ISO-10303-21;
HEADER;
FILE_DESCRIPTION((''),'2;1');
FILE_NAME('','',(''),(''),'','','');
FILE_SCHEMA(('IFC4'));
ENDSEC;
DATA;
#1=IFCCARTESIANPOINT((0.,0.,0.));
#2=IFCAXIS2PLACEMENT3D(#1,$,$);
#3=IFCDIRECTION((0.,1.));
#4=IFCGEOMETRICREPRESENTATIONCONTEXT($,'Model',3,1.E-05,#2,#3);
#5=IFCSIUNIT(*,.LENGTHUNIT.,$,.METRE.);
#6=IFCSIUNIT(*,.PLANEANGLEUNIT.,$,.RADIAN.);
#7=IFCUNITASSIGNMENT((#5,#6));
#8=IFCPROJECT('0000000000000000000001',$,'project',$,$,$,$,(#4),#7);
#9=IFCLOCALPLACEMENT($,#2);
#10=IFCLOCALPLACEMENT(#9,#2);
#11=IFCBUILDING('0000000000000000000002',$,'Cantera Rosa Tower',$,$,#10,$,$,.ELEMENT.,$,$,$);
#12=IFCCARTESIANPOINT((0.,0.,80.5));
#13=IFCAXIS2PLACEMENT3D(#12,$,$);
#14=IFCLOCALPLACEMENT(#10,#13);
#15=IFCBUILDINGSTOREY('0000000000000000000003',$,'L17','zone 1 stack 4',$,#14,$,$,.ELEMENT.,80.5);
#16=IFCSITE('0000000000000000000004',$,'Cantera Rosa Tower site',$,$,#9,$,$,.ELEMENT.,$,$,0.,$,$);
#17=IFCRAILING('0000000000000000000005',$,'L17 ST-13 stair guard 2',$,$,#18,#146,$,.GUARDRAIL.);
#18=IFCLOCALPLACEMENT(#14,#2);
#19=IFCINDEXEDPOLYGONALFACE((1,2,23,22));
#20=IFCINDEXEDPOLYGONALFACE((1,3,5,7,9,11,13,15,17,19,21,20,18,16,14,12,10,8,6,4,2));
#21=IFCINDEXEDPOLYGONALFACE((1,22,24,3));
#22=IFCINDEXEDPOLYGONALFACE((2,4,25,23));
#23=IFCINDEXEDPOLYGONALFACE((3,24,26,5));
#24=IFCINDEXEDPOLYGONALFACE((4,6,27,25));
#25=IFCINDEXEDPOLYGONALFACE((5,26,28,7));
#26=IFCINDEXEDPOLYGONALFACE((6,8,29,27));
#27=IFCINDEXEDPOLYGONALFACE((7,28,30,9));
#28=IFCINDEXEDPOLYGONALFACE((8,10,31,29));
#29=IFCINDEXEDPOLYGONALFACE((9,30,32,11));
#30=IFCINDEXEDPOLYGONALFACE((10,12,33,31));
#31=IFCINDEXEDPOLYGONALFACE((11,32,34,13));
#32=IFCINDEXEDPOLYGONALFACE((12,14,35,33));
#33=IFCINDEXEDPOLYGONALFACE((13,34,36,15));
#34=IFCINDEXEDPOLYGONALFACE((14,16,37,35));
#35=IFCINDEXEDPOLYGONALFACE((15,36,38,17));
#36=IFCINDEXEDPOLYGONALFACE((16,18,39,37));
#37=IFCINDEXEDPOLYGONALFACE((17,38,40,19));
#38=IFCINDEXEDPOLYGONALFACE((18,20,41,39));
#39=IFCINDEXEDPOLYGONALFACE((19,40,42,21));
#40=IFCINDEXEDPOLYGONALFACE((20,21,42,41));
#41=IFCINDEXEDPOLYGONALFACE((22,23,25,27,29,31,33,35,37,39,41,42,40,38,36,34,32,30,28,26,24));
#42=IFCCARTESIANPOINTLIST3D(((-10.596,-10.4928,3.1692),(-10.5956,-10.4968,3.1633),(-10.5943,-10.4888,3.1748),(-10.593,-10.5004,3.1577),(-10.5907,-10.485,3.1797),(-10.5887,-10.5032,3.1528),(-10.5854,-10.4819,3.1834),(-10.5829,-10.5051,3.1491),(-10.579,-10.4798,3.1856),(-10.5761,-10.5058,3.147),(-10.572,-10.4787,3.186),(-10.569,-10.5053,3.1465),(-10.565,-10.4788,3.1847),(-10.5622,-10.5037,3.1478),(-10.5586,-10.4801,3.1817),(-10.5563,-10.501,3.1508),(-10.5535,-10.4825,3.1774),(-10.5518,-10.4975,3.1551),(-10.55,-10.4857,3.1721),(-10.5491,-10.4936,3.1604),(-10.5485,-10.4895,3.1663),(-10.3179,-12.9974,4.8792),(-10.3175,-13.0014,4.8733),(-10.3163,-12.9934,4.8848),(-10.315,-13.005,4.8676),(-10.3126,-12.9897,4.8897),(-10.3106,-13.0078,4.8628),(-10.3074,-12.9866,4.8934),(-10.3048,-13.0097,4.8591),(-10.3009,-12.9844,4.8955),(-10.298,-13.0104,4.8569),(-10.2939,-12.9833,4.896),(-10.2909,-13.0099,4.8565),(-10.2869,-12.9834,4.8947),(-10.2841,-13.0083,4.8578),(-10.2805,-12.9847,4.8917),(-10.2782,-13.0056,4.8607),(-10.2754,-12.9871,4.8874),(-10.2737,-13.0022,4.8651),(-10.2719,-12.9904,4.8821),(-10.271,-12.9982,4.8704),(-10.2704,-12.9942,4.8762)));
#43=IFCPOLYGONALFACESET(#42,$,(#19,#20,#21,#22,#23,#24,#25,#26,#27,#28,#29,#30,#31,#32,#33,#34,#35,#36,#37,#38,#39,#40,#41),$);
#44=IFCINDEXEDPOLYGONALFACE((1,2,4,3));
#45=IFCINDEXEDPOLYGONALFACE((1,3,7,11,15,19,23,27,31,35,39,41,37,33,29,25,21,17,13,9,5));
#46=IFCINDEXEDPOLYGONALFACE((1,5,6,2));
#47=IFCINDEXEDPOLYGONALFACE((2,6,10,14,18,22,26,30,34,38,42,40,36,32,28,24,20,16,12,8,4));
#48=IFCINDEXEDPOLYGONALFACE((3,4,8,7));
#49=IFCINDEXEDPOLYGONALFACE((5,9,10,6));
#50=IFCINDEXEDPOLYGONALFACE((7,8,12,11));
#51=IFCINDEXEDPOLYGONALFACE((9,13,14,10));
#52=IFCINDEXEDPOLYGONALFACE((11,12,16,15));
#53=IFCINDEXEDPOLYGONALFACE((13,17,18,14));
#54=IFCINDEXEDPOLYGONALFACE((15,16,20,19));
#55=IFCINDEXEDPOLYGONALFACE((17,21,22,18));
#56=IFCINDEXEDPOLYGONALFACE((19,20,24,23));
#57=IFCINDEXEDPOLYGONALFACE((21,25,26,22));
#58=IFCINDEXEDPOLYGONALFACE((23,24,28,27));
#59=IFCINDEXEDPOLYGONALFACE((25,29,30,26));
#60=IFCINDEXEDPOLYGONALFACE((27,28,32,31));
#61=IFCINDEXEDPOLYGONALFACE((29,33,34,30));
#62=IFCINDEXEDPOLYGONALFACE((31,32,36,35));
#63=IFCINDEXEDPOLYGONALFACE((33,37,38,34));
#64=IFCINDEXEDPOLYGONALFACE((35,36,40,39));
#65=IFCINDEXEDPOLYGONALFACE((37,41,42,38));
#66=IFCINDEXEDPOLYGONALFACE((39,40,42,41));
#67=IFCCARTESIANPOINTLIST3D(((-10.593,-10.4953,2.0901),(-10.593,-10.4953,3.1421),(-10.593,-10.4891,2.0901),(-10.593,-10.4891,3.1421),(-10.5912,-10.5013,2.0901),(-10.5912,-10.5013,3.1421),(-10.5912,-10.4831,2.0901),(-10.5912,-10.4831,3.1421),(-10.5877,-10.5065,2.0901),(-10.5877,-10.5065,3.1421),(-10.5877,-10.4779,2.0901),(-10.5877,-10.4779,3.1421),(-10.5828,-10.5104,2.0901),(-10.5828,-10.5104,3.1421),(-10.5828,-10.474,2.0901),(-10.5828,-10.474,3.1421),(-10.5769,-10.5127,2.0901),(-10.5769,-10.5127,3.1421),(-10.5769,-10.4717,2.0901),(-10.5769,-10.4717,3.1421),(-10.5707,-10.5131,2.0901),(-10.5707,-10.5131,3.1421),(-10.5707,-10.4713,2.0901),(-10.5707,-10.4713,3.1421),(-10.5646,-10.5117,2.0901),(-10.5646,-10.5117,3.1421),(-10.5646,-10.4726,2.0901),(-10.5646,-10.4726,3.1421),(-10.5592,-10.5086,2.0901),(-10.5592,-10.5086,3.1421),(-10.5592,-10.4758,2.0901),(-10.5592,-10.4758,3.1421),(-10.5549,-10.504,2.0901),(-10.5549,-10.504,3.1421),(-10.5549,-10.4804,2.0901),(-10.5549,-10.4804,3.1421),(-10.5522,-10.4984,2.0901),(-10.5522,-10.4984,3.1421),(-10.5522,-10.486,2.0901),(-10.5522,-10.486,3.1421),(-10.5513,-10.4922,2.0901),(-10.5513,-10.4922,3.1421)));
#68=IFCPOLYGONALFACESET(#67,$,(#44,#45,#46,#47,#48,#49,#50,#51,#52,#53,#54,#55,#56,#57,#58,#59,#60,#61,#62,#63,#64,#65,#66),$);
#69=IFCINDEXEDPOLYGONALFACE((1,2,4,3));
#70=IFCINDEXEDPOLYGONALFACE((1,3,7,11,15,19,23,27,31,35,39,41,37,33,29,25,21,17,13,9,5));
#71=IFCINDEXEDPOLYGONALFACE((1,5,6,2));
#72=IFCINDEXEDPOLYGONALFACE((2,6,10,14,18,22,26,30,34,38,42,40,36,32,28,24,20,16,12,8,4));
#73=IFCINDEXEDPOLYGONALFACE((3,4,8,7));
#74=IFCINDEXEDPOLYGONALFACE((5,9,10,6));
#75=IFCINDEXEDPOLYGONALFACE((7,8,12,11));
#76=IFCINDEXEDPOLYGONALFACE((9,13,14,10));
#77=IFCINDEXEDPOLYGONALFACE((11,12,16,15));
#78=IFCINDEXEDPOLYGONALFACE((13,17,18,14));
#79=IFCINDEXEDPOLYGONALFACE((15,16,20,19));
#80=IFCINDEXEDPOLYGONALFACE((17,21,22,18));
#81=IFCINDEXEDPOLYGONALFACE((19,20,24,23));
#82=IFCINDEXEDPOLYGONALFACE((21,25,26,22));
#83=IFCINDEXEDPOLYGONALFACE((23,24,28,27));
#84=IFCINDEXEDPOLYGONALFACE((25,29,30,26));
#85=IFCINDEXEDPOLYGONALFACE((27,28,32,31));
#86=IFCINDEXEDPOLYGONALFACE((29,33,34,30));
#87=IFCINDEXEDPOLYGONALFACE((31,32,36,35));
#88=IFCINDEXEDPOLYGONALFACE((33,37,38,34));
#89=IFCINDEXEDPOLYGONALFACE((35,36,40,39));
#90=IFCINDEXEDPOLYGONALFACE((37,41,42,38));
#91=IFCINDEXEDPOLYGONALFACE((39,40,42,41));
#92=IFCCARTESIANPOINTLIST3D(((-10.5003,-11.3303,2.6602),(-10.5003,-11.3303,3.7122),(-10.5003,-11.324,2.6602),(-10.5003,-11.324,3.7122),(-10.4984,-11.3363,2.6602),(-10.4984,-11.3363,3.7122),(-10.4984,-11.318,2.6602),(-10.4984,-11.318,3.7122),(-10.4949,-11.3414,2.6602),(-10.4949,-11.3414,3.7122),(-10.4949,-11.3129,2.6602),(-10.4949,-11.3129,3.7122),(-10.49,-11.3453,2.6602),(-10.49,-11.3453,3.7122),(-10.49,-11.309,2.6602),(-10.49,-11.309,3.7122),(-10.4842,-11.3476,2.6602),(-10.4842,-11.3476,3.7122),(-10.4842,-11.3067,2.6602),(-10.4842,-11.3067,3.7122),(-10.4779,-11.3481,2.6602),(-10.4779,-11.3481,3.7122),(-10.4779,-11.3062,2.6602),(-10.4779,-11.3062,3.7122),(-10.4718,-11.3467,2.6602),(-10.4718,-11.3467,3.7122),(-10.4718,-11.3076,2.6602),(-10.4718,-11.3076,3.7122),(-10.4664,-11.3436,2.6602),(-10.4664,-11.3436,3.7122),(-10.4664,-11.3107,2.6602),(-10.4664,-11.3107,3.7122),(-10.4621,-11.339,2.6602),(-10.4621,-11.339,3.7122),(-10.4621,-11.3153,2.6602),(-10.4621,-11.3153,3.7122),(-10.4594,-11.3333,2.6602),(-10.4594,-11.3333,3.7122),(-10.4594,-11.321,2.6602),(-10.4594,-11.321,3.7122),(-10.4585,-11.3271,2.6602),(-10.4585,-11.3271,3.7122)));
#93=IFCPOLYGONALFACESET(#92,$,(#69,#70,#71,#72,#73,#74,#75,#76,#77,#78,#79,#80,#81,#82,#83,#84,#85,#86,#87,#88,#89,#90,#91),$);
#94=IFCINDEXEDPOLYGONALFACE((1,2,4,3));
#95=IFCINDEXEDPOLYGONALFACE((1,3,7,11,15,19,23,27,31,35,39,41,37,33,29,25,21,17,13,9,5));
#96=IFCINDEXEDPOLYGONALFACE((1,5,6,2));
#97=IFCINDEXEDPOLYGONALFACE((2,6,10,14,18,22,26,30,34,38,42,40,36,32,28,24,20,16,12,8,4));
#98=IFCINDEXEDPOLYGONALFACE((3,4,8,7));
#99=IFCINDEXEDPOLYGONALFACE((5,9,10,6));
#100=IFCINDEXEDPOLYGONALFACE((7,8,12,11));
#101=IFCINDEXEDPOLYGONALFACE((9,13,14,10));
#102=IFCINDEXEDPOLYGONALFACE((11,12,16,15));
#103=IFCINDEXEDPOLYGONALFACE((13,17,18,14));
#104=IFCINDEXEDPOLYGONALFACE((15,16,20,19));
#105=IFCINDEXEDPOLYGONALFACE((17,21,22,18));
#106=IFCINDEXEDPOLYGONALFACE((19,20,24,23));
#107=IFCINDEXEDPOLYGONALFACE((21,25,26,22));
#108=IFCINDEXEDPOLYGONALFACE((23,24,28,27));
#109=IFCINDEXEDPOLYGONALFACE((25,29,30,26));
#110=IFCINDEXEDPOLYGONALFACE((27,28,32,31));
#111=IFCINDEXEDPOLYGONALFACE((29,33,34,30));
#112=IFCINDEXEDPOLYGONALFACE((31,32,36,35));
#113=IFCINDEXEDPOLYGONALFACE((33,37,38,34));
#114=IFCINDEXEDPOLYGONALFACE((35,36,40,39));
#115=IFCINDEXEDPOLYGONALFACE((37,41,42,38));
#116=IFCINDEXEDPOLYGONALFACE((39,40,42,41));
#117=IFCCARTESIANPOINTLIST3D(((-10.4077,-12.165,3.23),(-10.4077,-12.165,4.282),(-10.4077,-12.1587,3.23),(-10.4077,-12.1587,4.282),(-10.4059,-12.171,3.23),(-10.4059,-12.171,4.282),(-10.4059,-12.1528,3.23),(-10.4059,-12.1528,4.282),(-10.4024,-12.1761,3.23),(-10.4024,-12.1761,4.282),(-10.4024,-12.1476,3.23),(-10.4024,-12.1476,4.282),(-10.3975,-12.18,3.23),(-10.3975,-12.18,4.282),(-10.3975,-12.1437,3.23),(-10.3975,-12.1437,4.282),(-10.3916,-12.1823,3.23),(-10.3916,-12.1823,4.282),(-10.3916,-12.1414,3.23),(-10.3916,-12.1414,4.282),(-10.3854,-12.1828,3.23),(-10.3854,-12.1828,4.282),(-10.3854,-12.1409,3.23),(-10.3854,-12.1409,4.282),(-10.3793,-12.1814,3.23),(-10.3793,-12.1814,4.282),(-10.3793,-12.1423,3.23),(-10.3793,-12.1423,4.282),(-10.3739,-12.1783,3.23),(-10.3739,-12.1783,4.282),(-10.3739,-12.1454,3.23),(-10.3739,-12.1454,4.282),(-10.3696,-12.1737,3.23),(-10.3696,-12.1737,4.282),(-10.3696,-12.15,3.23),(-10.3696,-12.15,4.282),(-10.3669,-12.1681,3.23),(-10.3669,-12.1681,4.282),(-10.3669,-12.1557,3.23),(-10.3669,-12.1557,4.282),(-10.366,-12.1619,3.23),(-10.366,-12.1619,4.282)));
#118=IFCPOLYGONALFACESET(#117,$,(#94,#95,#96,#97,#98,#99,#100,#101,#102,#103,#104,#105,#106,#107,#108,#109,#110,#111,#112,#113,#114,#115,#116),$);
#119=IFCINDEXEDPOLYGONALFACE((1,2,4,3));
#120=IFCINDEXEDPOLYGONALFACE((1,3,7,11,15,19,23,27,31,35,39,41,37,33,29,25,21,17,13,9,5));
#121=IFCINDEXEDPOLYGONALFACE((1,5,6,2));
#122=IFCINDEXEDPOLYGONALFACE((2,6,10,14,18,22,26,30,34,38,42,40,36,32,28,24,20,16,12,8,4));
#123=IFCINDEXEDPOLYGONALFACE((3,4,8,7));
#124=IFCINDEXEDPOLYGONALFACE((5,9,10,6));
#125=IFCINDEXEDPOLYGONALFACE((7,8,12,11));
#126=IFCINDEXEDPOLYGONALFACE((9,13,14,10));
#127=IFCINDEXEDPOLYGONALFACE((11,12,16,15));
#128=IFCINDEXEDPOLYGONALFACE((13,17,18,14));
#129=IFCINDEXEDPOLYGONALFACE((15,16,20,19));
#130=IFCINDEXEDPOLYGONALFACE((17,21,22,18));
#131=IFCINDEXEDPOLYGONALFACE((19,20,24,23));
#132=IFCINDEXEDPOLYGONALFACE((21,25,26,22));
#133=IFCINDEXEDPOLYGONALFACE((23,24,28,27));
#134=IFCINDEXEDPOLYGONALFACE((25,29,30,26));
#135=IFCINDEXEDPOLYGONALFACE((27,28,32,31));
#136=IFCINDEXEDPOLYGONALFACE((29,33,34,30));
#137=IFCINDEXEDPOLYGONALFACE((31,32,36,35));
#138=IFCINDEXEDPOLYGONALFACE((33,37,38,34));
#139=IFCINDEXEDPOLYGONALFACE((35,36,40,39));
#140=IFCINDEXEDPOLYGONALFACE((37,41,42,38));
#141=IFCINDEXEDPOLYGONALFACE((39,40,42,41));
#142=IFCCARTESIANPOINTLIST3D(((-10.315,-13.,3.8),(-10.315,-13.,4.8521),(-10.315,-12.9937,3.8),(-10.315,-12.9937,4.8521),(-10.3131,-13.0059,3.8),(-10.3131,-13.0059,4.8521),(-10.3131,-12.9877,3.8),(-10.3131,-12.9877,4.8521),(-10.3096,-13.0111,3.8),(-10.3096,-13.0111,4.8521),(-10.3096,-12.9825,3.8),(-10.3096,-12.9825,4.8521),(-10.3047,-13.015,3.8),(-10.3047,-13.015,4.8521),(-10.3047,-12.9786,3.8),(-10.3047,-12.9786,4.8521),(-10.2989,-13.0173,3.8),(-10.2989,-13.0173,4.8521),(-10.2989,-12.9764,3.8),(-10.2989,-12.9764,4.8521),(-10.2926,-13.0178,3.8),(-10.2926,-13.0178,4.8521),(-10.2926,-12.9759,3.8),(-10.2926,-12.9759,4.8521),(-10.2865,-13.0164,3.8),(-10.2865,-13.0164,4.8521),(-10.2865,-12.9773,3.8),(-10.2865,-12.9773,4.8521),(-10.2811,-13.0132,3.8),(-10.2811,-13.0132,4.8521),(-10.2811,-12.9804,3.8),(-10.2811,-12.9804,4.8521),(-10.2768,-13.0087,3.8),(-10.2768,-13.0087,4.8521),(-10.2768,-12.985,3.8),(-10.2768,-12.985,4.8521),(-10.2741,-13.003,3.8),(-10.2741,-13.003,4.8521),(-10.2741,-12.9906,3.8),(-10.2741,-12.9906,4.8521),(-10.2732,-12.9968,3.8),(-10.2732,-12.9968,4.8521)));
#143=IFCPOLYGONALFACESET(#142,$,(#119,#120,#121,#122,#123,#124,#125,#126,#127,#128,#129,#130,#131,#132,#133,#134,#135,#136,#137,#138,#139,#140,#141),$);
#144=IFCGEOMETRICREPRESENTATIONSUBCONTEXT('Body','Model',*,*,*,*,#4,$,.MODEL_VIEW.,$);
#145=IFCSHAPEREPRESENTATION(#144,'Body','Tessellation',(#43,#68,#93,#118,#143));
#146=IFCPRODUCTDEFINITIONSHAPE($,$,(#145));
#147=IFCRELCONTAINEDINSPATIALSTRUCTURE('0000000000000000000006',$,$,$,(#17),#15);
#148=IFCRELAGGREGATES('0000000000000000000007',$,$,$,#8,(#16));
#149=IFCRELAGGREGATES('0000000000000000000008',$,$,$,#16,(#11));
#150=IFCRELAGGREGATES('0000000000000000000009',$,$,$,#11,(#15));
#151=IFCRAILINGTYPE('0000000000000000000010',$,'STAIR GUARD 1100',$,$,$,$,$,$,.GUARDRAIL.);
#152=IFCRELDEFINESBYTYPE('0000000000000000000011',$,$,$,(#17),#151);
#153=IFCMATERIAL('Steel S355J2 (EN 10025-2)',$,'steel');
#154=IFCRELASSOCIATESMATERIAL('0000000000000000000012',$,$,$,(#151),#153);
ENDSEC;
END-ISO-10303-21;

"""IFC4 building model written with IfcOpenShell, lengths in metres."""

from ifc_helpers import new_model, si_unit, direction, frame, origin, origin_2d, place, context, subcontext, project, spatial, circle, extrude, material, type_object, element, save


model = new_model("IFC4")

# Units and contexts
model_context = context("Model", 3, precision=1e-05, world=origin(), true_north=direction((0.0, 1.0)))
body_context = subcontext(model_context, "Body", "Model", "MODEL_VIEW")
ifc_project = project(units=[si_unit("LENGTHUNIT", "METRE"), si_unit("PLANEANGLEUNIT", "RADIAN")], contexts=[model_context])

# Site, building, storey
site_placement = place(None, origin())
site = spatial("IfcSite", under=ifc_project, at=site_placement, Name="Cantera Rosa Tower site", CompositionType="ELEMENT", RefElevation=0.0)
building_placement = place(site_placement, origin())
building = spatial("IfcBuilding", under=site, at=building_placement, Name="Cantera Rosa Tower", CompositionType="ELEMENT")
storey_placement = place(building_placement, frame((0.0, 0.0, 80.5)))
storey = spatial("IfcBuildingStorey", under=building, at=storey_placement, Name="L17", Description="zone 1 stack 4", CompositionType="ELEMENT", Elevation=80.5)

# Railing
ifc_material_1 = material(Name="Steel S355J2 (EN 10025-2)", Category="steel")
railing_type_1 = type_object("IfcRailingType", Name="STAIR GUARD 1100", PredefinedType="GUARDRAIL", material=ifc_material_1)
railing_1_placement = place(storey_placement, frame((-10.5723, -10.4922, 2.0901)))
element("IfcRailing", 1, at=railing_1_placement, inside=storey, type_object=railing_type_1, Name="L17 ST-13 stair guard 2", PredefinedType="GUARDRAIL", context=body_context, shape_type="SweptSolid", body=[
    extrude(circle(Radius=0.0239, at=origin_2d()), frame((0.0, 0.0, 1.0762), z_axis=(0.09131, -0.822431, 0.561488), x_axis=(0.993893, 0.110346, 0.0)), (0.0, 0.0, 1.0), 3.0454),
    extrude(circle(Radius=0.021, at=origin_2d()), origin(), (0.0, 0.0, 1.0), 1.052),
    extrude(circle(Radius=0.021, at=origin_2d()), frame((0.0928, -0.835, 0.5701)), (0.0, 0.0, 1.0), 1.052),
    extrude(circle(Radius=0.021, at=origin_2d()), frame((0.1853, -1.6697, 1.1399)), (0.0, 0.0, 1.0), 1.052),
    extrude(circle(Radius=0.021, at=origin_2d()), frame((0.2781, -2.5046, 1.71)), (0.0, 0.0, 1.0), 1.052),
])

save(model, "model.ifc")
